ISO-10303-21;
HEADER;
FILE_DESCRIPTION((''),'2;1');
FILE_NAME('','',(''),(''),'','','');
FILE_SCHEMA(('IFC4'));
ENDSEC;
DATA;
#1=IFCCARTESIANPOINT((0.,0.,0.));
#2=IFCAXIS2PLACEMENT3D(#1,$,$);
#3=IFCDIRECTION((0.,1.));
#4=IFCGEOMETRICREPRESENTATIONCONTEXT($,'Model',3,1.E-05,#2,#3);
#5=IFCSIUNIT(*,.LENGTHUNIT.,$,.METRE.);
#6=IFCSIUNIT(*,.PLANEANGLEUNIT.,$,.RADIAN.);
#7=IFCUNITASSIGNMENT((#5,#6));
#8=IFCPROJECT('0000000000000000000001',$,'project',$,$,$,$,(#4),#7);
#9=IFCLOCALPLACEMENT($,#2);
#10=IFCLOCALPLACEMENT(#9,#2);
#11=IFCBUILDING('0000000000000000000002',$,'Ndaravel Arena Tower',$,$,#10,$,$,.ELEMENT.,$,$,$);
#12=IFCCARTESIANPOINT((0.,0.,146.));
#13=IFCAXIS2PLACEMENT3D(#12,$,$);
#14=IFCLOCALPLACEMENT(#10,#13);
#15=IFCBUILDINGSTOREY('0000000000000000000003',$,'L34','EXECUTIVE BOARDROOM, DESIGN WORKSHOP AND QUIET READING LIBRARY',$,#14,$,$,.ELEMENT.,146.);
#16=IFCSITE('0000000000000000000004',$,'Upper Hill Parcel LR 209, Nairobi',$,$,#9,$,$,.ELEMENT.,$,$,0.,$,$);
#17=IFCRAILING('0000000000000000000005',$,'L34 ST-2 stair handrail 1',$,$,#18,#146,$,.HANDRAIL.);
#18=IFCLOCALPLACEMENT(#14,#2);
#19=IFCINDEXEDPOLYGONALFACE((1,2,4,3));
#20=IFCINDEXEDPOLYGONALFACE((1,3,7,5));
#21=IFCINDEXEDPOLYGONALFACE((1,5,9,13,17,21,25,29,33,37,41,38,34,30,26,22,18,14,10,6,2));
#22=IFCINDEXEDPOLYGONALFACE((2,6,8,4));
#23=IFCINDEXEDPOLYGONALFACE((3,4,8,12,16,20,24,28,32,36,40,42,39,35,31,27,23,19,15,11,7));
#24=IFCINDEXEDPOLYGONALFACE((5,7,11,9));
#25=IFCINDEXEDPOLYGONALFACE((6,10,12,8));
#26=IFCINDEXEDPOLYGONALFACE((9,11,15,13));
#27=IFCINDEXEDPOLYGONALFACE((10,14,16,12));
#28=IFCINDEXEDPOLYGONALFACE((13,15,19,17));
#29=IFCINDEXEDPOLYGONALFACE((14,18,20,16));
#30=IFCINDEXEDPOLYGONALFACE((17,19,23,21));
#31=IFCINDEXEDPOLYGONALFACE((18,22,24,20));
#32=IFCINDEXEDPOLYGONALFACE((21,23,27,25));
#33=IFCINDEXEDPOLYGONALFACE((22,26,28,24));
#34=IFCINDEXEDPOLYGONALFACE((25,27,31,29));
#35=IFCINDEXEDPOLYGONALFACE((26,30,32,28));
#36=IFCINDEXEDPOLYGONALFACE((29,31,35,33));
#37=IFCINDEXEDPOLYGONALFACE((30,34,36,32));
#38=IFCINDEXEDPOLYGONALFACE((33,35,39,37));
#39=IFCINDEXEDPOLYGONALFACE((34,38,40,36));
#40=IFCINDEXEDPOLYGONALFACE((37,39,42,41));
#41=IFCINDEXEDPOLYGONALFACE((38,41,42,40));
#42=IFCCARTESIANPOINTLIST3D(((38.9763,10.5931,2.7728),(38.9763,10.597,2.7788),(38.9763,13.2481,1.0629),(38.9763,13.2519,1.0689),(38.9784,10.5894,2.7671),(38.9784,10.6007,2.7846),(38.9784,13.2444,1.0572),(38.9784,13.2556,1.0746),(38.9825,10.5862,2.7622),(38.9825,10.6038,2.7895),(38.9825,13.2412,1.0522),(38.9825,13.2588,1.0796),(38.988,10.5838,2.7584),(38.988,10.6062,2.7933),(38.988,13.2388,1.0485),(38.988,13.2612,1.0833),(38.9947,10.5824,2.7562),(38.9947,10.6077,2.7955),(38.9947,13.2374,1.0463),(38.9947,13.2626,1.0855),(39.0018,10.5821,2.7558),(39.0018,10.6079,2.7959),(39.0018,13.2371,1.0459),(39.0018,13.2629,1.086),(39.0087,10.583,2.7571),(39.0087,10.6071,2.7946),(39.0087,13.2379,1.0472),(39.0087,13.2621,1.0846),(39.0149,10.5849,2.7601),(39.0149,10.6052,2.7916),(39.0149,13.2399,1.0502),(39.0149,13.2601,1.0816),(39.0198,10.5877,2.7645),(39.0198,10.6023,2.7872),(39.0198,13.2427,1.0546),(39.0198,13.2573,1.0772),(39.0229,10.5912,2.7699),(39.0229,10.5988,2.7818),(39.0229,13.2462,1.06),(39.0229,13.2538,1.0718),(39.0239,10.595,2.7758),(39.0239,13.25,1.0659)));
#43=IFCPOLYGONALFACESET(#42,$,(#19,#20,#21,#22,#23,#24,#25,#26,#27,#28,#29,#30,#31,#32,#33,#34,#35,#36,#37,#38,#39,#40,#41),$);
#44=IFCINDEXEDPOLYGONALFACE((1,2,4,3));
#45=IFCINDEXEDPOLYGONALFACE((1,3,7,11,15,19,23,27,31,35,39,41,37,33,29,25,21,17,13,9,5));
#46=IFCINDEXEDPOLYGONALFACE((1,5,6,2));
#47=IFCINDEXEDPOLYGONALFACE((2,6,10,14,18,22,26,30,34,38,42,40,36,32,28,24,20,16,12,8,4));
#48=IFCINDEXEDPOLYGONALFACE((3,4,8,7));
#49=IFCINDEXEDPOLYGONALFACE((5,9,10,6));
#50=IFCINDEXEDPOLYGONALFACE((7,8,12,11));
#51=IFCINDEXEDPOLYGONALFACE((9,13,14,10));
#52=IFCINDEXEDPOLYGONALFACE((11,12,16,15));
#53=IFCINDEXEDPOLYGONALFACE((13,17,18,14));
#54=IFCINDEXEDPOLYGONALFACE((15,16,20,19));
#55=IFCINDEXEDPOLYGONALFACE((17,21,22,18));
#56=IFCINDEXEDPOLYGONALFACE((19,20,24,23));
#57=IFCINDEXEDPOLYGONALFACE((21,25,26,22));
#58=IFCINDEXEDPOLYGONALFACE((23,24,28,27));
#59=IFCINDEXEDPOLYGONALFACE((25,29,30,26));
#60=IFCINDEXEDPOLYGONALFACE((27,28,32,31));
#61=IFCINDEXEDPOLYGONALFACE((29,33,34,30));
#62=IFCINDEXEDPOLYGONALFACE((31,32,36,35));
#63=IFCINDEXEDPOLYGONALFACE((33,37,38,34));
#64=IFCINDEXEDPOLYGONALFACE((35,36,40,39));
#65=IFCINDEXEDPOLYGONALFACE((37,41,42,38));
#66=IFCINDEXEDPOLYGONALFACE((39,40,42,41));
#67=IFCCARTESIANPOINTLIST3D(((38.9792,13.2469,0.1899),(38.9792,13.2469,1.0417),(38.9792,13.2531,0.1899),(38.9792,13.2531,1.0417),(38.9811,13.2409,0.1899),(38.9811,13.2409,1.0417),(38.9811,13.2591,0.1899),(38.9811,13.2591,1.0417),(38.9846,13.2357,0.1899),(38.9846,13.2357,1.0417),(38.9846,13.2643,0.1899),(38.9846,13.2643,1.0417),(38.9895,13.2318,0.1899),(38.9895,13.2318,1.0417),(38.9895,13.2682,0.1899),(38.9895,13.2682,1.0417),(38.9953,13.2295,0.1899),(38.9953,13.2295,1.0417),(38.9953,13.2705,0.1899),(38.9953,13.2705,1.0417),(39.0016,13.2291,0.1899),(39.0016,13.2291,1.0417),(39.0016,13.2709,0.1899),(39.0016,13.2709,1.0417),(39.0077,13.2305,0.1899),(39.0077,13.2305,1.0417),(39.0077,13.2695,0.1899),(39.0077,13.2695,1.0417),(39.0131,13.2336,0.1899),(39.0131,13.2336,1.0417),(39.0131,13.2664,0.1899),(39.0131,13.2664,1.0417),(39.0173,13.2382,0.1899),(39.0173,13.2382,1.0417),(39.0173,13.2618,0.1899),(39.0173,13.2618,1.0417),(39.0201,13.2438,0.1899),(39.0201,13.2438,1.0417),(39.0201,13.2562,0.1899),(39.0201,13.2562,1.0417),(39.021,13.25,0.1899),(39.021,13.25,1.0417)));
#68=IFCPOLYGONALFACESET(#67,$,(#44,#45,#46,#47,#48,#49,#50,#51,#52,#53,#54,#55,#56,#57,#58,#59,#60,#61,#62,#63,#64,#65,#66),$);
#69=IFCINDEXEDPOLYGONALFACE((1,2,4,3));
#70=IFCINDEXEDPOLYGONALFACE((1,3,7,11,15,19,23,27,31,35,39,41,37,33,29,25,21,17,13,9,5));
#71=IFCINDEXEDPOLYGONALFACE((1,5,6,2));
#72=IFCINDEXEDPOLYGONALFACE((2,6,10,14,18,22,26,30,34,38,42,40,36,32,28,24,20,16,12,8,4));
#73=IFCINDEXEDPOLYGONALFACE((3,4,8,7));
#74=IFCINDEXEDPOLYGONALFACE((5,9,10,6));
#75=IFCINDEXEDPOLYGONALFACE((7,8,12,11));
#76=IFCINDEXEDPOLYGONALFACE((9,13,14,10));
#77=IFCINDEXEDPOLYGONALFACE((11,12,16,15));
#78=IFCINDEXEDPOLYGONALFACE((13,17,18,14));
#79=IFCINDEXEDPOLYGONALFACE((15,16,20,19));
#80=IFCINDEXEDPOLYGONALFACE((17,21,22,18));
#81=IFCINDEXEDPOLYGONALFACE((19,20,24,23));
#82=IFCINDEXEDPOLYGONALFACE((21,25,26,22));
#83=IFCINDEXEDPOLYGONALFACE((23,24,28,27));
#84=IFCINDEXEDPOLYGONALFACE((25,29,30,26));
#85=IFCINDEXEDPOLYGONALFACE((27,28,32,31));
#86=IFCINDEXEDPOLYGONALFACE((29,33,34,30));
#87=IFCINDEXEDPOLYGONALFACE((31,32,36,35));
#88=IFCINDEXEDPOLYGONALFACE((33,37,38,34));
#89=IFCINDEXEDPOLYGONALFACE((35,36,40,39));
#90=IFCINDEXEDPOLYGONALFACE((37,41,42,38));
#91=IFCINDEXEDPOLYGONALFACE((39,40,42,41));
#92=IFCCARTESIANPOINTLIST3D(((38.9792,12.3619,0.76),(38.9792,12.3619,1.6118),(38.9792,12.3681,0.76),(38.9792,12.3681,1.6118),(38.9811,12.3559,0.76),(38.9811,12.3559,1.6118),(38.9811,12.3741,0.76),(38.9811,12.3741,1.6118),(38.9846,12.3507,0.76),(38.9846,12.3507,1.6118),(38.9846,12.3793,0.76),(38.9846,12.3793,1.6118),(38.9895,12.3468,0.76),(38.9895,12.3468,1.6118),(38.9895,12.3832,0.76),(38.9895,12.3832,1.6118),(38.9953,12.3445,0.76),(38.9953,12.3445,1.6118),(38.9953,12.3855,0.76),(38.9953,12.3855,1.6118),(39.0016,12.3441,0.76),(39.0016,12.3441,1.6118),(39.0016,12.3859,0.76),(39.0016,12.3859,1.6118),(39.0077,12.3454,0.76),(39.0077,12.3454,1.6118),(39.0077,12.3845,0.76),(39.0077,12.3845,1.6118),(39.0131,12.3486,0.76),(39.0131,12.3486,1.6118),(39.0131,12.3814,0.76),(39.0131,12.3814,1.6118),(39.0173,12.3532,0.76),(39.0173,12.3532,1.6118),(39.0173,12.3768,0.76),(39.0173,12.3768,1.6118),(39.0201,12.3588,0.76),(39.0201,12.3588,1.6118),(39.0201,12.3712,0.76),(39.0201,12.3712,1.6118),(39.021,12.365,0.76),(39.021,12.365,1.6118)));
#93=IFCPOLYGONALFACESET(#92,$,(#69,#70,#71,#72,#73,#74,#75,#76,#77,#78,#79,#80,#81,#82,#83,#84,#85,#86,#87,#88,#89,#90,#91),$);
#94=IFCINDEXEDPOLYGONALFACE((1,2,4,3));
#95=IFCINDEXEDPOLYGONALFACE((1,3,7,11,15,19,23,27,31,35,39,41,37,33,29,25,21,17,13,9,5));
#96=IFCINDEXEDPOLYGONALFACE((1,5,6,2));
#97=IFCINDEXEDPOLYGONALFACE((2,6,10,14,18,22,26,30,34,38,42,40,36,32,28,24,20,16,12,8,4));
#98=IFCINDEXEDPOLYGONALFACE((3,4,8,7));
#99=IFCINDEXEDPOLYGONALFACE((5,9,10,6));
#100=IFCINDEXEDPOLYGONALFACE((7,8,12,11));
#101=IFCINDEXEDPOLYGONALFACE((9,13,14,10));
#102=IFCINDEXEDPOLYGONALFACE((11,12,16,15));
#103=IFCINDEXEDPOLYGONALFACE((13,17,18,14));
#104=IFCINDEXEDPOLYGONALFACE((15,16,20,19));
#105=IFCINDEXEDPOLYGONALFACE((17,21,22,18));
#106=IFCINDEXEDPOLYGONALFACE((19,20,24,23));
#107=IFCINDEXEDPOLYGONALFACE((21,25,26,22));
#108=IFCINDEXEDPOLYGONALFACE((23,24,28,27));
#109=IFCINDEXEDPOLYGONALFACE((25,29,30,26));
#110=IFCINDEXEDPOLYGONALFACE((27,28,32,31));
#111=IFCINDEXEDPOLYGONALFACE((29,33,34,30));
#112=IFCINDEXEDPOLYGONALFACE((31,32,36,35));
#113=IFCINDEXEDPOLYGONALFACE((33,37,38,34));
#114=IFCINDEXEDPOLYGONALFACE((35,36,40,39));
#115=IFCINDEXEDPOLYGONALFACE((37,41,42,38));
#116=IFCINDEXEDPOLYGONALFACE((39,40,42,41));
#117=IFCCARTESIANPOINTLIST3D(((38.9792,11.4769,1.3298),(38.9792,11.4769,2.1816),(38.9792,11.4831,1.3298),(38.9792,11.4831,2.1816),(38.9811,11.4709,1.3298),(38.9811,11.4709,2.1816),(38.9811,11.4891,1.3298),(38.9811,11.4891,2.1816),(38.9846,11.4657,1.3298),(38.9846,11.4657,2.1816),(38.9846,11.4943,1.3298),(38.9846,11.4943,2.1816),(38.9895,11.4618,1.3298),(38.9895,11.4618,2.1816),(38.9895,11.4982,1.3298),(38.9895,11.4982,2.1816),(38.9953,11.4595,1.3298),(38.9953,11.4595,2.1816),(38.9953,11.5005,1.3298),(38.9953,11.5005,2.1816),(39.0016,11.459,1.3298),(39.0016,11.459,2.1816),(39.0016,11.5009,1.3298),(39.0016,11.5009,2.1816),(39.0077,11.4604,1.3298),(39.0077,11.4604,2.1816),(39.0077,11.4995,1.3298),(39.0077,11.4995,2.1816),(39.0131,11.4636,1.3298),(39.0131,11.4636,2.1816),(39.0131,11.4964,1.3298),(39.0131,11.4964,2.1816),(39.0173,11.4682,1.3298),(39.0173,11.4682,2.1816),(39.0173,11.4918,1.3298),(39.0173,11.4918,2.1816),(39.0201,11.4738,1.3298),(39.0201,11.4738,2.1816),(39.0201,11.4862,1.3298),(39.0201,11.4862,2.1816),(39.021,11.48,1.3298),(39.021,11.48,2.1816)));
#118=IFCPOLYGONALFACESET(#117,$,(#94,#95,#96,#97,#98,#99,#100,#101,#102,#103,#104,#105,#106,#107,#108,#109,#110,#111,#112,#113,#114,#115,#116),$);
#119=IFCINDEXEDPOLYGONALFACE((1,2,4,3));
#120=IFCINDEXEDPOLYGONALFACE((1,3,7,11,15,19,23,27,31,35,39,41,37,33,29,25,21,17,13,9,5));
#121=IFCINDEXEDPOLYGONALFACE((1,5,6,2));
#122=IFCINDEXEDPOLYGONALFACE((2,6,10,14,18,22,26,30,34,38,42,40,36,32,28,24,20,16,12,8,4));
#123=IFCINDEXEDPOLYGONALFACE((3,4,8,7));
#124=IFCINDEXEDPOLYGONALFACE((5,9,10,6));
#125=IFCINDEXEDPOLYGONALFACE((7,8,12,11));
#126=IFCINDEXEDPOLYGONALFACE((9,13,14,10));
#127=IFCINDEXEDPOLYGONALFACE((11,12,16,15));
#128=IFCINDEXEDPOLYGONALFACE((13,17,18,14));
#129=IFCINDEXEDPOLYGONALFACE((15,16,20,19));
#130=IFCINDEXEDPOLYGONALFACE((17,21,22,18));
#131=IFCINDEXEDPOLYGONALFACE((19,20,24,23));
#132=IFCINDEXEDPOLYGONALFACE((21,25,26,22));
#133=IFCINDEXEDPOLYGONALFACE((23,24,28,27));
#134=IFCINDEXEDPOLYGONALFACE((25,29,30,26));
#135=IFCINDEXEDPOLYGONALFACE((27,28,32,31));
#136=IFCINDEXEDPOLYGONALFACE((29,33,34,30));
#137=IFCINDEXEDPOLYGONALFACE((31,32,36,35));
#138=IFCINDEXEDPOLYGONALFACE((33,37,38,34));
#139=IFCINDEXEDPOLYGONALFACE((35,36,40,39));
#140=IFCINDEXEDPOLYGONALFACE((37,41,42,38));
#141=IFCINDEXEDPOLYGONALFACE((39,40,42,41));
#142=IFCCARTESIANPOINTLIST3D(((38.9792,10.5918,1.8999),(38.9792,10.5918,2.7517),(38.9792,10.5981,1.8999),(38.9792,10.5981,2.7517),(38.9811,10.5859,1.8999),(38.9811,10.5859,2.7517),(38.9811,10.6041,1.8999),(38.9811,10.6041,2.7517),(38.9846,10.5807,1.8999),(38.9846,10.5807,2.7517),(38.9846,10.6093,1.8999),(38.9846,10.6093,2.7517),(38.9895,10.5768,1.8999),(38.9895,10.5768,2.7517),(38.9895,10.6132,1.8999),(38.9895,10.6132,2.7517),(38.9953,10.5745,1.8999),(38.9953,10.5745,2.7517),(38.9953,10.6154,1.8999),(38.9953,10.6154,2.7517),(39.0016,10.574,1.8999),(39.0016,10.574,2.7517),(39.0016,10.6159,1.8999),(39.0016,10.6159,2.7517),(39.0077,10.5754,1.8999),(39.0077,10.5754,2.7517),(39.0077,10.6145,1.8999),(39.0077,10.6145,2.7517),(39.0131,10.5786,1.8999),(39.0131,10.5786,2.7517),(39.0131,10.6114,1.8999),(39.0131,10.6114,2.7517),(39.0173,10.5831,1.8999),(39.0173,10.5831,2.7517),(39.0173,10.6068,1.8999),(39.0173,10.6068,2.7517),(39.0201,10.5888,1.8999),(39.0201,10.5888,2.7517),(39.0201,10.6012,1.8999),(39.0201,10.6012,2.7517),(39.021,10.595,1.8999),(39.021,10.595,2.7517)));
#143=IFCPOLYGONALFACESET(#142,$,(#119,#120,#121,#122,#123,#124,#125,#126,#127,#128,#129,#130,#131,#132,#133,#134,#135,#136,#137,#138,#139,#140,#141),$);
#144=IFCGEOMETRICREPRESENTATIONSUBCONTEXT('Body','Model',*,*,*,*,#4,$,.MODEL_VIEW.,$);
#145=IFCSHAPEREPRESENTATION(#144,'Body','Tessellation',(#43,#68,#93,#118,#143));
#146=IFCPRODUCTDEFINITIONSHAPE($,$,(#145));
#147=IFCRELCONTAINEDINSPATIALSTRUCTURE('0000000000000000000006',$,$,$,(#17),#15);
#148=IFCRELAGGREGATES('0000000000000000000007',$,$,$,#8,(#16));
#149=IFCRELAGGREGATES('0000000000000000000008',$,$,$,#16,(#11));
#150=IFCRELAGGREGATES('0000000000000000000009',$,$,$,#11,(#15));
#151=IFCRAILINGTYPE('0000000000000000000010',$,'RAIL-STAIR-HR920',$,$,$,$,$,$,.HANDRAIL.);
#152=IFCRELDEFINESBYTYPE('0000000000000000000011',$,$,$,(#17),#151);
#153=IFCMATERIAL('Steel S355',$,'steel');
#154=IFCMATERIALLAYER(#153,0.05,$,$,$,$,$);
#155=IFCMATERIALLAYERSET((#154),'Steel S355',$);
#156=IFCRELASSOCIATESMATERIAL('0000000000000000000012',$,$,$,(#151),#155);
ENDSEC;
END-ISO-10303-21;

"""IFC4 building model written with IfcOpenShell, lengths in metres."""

from ifc_helpers import new_model, si_unit, direction, frame, origin, origin_2d, place, context, subcontext, project, spatial, circle, extrude, material, layer, layer_set, type_object, element, save


model = new_model("IFC4")

# Units and contexts
model_context = context("Model", 3, precision=1e-05, world=origin(), true_north=direction((0.0, 1.0)))
body_context = subcontext(model_context, "Body", "Model", "MODEL_VIEW")
ifc_project = project(units=[si_unit("LENGTHUNIT", "METRE"), si_unit("PLANEANGLEUNIT", "RADIAN")], contexts=[model_context])

# Site, building, storey
site_placement = place(None, origin())
site = spatial("IfcSite", under=ifc_project, at=site_placement, Name="Upper Hill Parcel LR 209, Nairobi", CompositionType="ELEMENT", RefElevation=0.0)
building_placement = place(site_placement, origin())
building = spatial("IfcBuilding", under=site, at=building_placement, Name="Ndaravel Arena Tower", CompositionType="ELEMENT")
storey_placement = place(building_placement, frame((0.0, 0.0, 146.0)))
storey = spatial("IfcBuildingStorey", under=building, at=storey_placement, Name="L34", Description="EXECUTIVE BOARDROOM, DESIGN WORKSHOP AND QUIET READING LIBRARY", CompositionType="ELEMENT", Elevation=146.0)

# Railing
ifc_material_1 = material(Name="Steel S355", Category="steel")
ifc_layer_1 = layer(ifc_material_1, 0.05)
ifc_layer_set_1 = layer_set([ifc_layer_1], Name="Steel S355")
railing_type_1 = type_object("IfcRailingType", Name="RAIL-STAIR-HR920", PredefinedType="HANDRAIL", material=ifc_layer_set_1)
railing_1_placement = place(storey_placement, frame((39.0, 13.25, 0.1899)))
element("IfcRailing", 1, at=railing_1_placement, inside=storey, type_object=railing_type_1, Name="L34 ST-2 stair handrail 1", PredefinedType="HANDRAIL", context=body_context, shape_type="SweptSolid", body=[
    extrude(circle(Radius=0.0239, at=origin_2d()), frame((0.0, 0.0, 0.876), z_axis=(0.0, -0.840724, 0.541465), x_axis=(1.0, 0.0, 0.0)), (0.0, 0.0, 1.0), 3.158),
    extrude(circle(Radius=0.021, at=origin_2d()), origin(), (0.0, 0.0, 1.0), 0.8518),
    extrude(circle(Radius=0.021, at=origin_2d()), frame((0.0, -0.885, 0.5701)), (0.0, 0.0, 1.0), 0.8518),
    extrude(circle(Radius=0.021, at=origin_2d()), frame((0.0, -1.77, 1.1399)), (0.0, 0.0, 1.0), 0.8518),
    extrude(circle(Radius=0.021, at=origin_2d()), frame((0.0, -2.655, 1.71)), (0.0, 0.0, 1.0), 0.8518),
])

save(model, "model.ifc")
